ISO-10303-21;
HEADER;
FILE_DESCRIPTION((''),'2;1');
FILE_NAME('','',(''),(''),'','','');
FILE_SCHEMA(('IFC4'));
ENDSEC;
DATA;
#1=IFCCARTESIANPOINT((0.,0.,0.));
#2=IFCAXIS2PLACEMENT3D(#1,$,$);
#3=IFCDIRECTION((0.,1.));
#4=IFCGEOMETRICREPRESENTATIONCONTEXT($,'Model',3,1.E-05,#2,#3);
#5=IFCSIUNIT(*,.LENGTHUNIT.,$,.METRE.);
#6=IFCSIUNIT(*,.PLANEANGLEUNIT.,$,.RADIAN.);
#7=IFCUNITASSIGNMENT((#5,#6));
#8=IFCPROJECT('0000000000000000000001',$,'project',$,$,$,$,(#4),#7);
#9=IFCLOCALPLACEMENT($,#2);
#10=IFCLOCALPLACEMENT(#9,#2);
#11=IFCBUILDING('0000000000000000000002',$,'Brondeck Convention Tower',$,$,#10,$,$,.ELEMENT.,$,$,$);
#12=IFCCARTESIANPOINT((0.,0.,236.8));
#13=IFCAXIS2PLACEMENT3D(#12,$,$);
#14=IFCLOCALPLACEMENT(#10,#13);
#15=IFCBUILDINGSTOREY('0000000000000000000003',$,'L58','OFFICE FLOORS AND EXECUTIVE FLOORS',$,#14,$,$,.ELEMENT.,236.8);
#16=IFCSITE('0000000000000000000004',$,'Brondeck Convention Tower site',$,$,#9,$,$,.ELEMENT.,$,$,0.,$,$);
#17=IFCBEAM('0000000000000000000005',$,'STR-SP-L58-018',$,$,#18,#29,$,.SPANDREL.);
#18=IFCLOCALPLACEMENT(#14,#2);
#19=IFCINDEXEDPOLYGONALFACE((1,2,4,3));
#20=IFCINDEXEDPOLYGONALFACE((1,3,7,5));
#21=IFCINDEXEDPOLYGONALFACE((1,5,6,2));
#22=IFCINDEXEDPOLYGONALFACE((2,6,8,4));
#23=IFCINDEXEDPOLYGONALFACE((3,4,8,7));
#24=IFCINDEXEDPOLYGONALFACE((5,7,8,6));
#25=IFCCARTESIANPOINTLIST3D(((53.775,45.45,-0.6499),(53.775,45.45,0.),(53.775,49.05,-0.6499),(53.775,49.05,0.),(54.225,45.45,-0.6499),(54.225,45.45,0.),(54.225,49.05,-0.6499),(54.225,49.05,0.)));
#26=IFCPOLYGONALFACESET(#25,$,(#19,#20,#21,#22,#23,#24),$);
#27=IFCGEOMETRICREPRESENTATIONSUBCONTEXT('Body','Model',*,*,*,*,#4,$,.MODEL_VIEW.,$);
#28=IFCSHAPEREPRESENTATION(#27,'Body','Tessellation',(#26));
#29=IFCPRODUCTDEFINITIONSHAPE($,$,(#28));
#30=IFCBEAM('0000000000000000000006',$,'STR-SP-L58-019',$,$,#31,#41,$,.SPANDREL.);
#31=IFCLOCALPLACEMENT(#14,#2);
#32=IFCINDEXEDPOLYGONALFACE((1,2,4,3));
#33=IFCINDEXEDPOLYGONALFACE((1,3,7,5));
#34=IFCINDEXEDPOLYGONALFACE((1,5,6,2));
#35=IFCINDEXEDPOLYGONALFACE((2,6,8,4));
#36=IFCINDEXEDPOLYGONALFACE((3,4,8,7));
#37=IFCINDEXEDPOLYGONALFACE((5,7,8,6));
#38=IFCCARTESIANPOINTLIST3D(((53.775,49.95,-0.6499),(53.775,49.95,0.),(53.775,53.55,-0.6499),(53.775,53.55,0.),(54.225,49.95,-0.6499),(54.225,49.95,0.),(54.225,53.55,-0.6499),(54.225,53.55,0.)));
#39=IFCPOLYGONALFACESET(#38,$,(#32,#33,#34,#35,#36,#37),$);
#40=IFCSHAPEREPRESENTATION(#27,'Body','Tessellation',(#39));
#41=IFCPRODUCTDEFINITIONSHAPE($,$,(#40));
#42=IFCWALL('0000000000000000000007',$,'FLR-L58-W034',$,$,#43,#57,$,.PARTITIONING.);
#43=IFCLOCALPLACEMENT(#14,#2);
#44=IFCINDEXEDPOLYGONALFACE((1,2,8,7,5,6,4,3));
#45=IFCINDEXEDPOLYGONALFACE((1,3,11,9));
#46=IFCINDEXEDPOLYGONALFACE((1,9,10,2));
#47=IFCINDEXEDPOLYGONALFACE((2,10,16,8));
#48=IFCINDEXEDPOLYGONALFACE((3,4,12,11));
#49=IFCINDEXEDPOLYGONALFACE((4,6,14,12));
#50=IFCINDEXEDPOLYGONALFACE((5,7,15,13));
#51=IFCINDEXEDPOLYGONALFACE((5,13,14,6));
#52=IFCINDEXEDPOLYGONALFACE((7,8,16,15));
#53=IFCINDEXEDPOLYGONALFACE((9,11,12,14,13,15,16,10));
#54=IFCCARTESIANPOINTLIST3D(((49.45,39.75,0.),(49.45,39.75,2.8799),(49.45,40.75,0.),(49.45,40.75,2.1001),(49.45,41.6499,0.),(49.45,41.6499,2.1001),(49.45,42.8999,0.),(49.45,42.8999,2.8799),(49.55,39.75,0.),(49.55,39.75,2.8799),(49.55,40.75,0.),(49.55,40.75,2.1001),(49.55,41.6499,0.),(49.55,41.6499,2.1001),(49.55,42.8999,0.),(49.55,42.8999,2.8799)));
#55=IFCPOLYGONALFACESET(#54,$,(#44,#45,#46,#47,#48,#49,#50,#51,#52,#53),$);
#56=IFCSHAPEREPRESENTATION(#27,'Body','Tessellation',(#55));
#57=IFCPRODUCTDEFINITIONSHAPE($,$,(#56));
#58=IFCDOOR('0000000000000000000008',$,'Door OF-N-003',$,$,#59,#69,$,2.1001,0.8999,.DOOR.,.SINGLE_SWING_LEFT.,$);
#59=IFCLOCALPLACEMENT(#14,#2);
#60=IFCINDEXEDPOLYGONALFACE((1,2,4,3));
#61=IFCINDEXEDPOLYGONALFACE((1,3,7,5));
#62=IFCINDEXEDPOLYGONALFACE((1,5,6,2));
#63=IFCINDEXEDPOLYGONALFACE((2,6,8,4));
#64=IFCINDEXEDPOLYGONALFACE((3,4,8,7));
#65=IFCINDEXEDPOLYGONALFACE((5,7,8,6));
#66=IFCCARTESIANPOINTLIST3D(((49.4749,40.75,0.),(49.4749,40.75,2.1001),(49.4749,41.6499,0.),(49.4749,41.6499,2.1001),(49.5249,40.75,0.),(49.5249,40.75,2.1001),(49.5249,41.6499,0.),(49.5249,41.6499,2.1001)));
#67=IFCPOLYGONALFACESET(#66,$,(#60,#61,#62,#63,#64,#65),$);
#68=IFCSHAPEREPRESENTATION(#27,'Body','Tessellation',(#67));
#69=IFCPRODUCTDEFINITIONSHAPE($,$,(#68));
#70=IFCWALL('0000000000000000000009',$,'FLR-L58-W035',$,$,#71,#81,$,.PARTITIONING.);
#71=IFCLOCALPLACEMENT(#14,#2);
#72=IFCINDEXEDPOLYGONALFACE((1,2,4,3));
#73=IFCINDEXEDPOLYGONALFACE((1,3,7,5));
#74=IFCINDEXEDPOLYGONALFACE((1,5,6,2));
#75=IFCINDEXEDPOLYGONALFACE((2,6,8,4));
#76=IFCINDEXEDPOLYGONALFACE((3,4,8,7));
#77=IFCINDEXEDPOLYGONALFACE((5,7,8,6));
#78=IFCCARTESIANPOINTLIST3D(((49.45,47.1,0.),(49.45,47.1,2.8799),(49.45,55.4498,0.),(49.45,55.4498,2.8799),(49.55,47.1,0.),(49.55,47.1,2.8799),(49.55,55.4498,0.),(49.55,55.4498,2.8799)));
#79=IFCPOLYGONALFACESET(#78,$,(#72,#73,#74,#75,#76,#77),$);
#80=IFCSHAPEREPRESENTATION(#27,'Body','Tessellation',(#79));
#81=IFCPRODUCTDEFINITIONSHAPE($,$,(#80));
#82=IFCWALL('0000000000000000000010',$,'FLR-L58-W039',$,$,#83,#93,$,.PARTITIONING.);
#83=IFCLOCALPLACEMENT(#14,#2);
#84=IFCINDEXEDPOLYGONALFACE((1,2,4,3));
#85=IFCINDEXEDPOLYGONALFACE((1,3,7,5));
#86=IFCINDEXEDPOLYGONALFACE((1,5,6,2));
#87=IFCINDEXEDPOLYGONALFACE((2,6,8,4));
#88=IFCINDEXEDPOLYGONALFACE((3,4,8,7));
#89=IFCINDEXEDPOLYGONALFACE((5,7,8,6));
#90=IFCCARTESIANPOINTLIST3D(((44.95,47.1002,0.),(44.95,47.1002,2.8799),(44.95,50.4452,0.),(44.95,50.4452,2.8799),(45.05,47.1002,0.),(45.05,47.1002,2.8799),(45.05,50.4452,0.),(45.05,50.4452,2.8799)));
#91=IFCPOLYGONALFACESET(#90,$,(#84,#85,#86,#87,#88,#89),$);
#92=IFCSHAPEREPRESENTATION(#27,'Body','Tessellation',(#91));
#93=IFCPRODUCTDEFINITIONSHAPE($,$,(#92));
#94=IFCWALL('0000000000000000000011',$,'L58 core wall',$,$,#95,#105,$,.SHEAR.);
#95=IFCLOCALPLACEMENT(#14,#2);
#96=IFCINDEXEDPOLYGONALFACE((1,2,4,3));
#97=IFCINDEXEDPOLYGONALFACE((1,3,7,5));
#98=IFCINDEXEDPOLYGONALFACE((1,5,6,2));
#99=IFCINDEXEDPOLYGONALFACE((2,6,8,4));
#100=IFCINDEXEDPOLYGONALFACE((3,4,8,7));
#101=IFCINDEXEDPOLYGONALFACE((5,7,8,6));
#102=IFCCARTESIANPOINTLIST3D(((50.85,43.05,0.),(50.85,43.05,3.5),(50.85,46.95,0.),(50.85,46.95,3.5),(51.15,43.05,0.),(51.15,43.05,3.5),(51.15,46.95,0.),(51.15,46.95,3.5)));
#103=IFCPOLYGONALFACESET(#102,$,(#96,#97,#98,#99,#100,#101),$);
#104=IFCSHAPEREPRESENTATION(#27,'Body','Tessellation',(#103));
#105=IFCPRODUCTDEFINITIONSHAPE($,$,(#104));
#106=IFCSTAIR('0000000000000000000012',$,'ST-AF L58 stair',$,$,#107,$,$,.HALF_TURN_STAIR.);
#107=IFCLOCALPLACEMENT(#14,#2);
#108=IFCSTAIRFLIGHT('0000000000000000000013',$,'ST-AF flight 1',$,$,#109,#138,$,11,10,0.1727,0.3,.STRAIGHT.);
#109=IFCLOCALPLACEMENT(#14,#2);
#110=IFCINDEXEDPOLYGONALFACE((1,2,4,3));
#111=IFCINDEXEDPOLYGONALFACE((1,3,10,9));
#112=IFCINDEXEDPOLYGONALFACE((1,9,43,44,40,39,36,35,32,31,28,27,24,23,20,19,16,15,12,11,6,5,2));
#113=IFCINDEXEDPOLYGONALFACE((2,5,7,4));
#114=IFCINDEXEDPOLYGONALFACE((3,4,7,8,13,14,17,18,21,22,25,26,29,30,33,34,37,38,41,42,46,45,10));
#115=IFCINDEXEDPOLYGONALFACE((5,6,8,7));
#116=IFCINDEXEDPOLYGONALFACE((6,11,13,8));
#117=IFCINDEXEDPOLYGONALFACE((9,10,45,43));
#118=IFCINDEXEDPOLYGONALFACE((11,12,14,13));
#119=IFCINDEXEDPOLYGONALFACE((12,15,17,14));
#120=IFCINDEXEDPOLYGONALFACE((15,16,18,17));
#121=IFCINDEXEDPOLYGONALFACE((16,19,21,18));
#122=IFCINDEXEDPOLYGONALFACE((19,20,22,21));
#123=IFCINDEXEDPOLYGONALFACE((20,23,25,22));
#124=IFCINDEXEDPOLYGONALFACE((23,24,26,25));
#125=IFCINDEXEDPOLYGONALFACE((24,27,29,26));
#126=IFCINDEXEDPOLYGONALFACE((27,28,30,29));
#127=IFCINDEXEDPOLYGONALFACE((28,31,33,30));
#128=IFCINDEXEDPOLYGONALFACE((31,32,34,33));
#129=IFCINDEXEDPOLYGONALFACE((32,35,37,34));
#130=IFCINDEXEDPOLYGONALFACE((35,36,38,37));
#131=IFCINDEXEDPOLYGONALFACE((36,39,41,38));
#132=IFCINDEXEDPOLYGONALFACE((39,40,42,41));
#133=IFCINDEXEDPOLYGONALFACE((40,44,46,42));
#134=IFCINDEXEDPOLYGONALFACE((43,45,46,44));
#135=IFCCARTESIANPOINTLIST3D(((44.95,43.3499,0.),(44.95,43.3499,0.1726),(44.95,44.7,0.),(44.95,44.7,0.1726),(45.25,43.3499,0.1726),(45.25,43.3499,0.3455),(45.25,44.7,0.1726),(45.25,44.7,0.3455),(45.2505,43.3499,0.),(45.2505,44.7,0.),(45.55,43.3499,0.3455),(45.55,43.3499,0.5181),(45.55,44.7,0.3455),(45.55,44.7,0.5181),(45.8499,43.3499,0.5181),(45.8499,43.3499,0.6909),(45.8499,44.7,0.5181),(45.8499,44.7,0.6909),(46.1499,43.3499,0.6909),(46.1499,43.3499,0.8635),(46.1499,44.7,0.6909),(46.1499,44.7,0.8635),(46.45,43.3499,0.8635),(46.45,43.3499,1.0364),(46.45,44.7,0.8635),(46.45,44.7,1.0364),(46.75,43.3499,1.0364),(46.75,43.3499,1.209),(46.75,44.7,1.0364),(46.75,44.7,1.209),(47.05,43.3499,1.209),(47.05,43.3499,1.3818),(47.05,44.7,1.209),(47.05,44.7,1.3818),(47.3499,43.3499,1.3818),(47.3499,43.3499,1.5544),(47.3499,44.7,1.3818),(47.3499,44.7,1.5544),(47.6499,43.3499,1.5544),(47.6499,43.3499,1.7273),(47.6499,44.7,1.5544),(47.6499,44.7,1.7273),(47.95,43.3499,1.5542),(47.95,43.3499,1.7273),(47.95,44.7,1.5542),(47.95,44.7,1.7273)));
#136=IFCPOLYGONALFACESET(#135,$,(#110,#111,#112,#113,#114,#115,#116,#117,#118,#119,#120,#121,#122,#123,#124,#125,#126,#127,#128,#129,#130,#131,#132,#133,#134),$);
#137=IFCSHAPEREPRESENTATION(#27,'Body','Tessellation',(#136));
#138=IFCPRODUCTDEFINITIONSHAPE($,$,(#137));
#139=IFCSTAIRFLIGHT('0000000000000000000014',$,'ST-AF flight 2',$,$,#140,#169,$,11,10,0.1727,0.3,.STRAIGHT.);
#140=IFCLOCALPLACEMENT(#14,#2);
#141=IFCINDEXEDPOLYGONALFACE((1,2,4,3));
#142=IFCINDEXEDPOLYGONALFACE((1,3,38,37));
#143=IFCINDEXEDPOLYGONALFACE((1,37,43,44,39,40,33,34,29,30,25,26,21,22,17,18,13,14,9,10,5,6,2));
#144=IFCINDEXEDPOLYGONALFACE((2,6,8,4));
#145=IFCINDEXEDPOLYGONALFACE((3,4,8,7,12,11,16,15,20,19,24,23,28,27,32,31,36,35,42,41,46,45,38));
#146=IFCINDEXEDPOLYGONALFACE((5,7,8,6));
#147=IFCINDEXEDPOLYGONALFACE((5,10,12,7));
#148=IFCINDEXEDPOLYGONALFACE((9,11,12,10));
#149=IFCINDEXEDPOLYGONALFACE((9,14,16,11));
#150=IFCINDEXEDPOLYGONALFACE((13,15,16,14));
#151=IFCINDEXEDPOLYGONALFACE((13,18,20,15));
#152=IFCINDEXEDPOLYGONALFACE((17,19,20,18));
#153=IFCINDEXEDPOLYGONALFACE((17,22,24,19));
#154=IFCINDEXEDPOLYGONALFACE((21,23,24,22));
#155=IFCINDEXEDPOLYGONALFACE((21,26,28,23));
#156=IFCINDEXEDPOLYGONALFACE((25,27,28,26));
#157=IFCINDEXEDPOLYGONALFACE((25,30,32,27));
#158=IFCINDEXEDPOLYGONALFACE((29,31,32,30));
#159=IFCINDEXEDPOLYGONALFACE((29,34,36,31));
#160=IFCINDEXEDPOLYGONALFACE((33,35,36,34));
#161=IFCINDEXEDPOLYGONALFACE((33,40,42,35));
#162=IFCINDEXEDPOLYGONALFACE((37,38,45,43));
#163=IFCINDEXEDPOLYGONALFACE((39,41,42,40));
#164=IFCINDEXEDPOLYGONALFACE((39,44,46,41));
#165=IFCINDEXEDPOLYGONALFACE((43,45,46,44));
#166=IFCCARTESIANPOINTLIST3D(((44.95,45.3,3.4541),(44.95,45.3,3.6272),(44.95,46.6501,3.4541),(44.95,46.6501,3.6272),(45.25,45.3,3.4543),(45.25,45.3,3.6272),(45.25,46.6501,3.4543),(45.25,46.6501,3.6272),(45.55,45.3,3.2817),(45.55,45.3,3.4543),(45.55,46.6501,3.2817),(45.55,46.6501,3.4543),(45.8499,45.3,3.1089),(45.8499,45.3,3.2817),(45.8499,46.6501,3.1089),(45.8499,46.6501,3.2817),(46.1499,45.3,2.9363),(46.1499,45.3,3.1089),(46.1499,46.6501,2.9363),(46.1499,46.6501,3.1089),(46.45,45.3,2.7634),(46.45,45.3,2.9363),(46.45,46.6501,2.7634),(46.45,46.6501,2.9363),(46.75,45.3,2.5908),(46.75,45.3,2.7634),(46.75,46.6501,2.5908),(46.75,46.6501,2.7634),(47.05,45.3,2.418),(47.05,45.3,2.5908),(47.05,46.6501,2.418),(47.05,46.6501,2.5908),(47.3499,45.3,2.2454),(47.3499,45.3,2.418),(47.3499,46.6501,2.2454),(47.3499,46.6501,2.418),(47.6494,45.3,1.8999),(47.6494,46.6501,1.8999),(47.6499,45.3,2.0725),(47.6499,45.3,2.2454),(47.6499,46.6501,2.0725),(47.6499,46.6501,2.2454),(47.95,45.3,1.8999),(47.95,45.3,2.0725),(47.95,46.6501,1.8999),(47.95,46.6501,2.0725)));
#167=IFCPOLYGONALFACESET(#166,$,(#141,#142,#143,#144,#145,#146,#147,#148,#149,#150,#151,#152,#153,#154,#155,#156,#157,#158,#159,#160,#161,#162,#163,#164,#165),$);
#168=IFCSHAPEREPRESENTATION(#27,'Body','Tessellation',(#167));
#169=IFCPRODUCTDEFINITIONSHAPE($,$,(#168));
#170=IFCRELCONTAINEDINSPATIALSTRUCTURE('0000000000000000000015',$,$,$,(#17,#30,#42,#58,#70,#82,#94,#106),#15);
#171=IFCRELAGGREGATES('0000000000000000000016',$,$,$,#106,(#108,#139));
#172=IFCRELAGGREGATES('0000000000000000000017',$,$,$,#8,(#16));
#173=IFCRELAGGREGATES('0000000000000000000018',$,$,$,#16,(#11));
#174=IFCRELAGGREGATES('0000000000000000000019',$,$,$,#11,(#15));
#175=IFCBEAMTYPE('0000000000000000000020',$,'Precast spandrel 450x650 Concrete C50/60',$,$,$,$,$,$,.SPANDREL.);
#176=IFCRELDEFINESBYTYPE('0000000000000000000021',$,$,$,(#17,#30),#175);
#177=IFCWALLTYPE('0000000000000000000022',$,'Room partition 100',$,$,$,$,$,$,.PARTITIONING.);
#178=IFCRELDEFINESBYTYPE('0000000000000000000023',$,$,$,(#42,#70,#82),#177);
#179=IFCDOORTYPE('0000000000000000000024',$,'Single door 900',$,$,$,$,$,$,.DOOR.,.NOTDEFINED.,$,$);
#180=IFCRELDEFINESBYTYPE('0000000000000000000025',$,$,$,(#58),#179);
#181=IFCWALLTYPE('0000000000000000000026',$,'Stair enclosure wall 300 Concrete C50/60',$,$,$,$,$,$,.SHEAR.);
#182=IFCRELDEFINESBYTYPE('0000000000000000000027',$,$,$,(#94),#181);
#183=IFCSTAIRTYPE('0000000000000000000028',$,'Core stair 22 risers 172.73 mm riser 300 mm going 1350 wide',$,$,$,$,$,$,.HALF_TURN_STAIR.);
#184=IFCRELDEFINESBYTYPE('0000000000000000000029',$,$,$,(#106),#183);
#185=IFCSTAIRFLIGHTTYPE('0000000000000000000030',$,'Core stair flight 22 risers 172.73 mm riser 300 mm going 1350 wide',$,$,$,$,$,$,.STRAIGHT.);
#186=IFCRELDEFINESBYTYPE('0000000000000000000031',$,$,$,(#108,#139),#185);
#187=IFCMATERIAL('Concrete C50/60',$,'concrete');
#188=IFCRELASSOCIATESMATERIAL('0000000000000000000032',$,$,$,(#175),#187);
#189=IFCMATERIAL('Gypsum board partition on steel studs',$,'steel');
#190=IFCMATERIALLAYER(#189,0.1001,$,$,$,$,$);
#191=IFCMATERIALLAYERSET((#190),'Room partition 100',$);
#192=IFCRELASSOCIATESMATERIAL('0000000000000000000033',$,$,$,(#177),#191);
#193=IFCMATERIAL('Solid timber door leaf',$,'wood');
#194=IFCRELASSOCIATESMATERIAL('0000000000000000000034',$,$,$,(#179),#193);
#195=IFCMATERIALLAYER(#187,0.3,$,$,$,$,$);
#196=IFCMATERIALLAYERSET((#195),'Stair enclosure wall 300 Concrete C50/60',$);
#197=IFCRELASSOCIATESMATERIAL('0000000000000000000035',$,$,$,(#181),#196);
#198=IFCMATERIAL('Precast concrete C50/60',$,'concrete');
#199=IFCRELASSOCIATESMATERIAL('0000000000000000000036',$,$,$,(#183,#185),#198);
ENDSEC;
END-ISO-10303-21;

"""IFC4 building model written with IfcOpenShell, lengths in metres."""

from ifc_helpers import new_model, si_unit, direction, frame, frame_2d, origin, origin_2d, place, context, subcontext, project, spatial, polyline, rectangle, outline, extrude, material, layer, layer_set, material_profile, profile_set, type_object, element, fill, aggregate, save


model = new_model("IFC4")

# Units and contexts
model_context = context("Model", 3, precision=1e-05, world=origin(), true_north=direction((0.0, 1.0)))
body_context = subcontext(model_context, "Body", "Model", "MODEL_VIEW")
ifc_project = project(units=[si_unit("LENGTHUNIT", "METRE"), si_unit("PLANEANGLEUNIT", "RADIAN")], contexts=[model_context])

# Site, building, storey
site_placement = place(None, origin())
site = spatial("IfcSite", under=ifc_project, at=site_placement, Name="Brondeck Convention Tower site", CompositionType="ELEMENT", RefElevation=0.0)
building_placement = place(site_placement, origin())
building = spatial("IfcBuilding", under=site, at=building_placement, Name="Brondeck Convention Tower", CompositionType="ELEMENT")
storey_placement = place(building_placement, frame((0.0, 0.0, 236.8)))
storey = spatial("IfcBuildingStorey", under=building, at=storey_placement, Name="L58", Description="OFFICE FLOORS AND EXECUTIVE FLOORS", CompositionType="ELEMENT", Elevation=236.8)

# Shared definitions
ifc_material_1 = material(Name="Concrete C50/60", Category="concrete")

# Beams
ifc_material_profile_1 = material_profile(ifc_material_1, rectangle(XDim=0.45, YDim=0.6499, at=origin_2d()), Name="Precast spandrel 450x650 Concrete C50/60")
ifc_profile_set_1 = profile_set([ifc_material_profile_1], Name="Concrete C50/60")
beam_type_1 = type_object("IfcBeamType", Name="Precast spandrel 450x650 Concrete C50/60", PredefinedType="SPANDREL", material=ifc_profile_set_1)
for number, where, z_axis, x_axis, name in (
    (1, (54.0, 45.45, -0.325), (0.0, 1.0, 0.0), (-1.0, 0.0, 0.0), "STR-SP-L58-018"),
    (2, (54.0, 49.95, -0.325), (0.0, 1.0, 0.0), (-1.0, 0.0, 0.0), "STR-SP-L58-019"),
):
    element("IfcBeam", number, at=place(storey_placement, frame(where, z_axis=z_axis, x_axis=x_axis)), inside=storey, type_object=beam_type_1, Name=name, PredefinedType="SPANDREL", context=body_context, shape_type="SweptSolid", body=[
        extrude(rectangle(XDim=0.45, YDim=0.6499, at=origin_2d()), origin(), (0.0, 0.0, 1.0), 3.6001),
    ])

# Wall, opening, door
ifc_material_2 = material(Name="Gypsum board partition on steel studs", Category="steel")
ifc_layer_1 = layer(ifc_material_2, 0.1001)
ifc_layer_set_1 = layer_set([ifc_layer_1], Name="Room partition 100")
wall_type_1 = type_object("IfcWallType", Name="Room partition 100", PredefinedType="PARTITIONING", material=ifc_layer_set_1)
wall_1_placement = place(storey_placement, frame((49.5, 42.8999, 0.0), z_axis=(0.0, 0.0, 1.0), x_axis=(0.0, -1.0, 0.0)))
wall_1 = element("IfcWall", 3, at=wall_1_placement, inside=storey, type_object=wall_type_1, Name="FLR-L58-W034", PredefinedType="PARTITIONING", context=body_context, shape_type="SweptSolid", body=[
    extrude(rectangle(XDim=3.1499, YDim=0.1001, at=frame_2d((1.575, 0.0))), origin(), (0.0, 0.0, 1.0), 2.8799),
])
opening_placement = place(wall_1_placement, frame((1.25, 0.0, 0.0)))
opening = element("IfcOpeningElement", 4, at=opening_placement, cuts=wall_1, PredefinedType="OPENING", context=body_context, shape_type="SweptSolid", body=[
    extrude(rectangle(XDim=0.8999, YDim=2.1001, at=frame_2d((0.45, 1.05))), frame((0.0, 0.0601, 0.0), z_axis=(0.0, -1.0, 0.0), x_axis=(1.0, 0.0, 0.0)), (0.0, 0.0, 1.0), 0.1201),
])
ifc_material_3 = material(Name="Solid timber door leaf", Category="wood")
door_type = type_object("IfcDoorType", Name="Single door 900", OperationType="NOTDEFINED", PredefinedType="DOOR", material=ifc_material_3)
door_placement = place(opening_placement, origin())
door = element("IfcDoor", 5, at=door_placement, inside=storey, type_object=door_type, Name="Door OF-N-003", OperationType="SINGLE_SWING_LEFT", OverallHeight=2.1001, OverallWidth=0.8999, PredefinedType="DOOR", context=body_context, shape_type="SweptSolid", body=[
    extrude(rectangle(XDim=0.8999, YDim=2.1001, at=frame_2d((0.45, 1.05))), frame((0.0, 0.0249, 0.0), z_axis=(0.0, -1.0, 0.0), x_axis=(1.0, 0.0, 0.0)), (0.0, 0.0, 1.0), 0.05),
])
fill(opening, door)

# Walls
wall_2_placement = place(storey_placement, frame((49.5, 47.1001, 0.0), z_axis=(0.0, 0.0, 1.0), x_axis=(0.0, 1.0, 0.0)))
element("IfcWall", 6, at=wall_2_placement, inside=storey, type_object=wall_type_1, Name="FLR-L58-W035", PredefinedType="PARTITIONING", context=body_context, shape_type="SweptSolid", body=[
    extrude(rectangle(XDim=8.3499, YDim=0.1001, at=frame_2d((4.1748, 0.0))), origin(), (0.0, 0.0, 1.0), 2.8799),
])
wall_3_placement = place(storey_placement, frame((45.0, 50.4451, 0.0), z_axis=(0.0, 0.0, 1.0), x_axis=(0.0, -1.0, 0.0)))
element("IfcWall", 7, at=wall_3_placement, inside=storey, type_object=wall_type_1, Name="FLR-L58-W039", PredefinedType="PARTITIONING", context=body_context, shape_type="SweptSolid", body=[
    extrude(rectangle(XDim=3.345, YDim=0.1001, at=frame_2d((1.6724, 0.0))), origin(), (0.0, 0.0, 1.0), 2.8799),
])
ifc_layer_2 = layer(ifc_material_1, 0.3)
ifc_layer_set_2 = layer_set([ifc_layer_2], Name="Stair enclosure wall 300 Concrete C50/60")
wall_type_2 = type_object("IfcWallType", Name="Stair enclosure wall 300 Concrete C50/60", PredefinedType="SHEAR", material=ifc_layer_set_2)
wall_4_placement = place(storey_placement, frame((51.0, 43.05, 0.0), z_axis=(0.0, 0.0, 1.0), x_axis=(0.0, 1.0, 0.0)))
element("IfcWall", 8, at=wall_4_placement, inside=storey, type_object=wall_type_2, Name="L58 core wall", PredefinedType="SHEAR", context=body_context, shape_type="SweptSolid", body=[
    extrude(rectangle(XDim=3.8999, YDim=0.3, at=frame_2d((1.95, 0.0))), origin(), (0.0, 0.0, 1.0), 3.5),
])

# Stair, stair flights
ifc_material_4 = material(Name="Precast concrete C50/60", Category="concrete")
stair_type = type_object("IfcStairType", Name="Core stair 22 risers 172.73 mm riser 300 mm going 1350 wide", PredefinedType="HALF_TURN_STAIR", material=ifc_material_4)
stair_placement = place(storey_placement, origin())
stair = element("IfcStair", 9, at=stair_placement, inside=storey, type_object=stair_type, Name="ST-AF L58 stair", PredefinedType="HALF_TURN_STAIR")
stair_flight_type = type_object("IfcStairFlightType", Name="Core stair flight 22 risers 172.73 mm riser 300 mm going 1350 wide", PredefinedType="STRAIGHT", material=ifc_material_4)
stair_flight_1_placement = place(storey_placement, frame((44.95, 44.0249, 0.0), z_axis=(0.0, 0.0, 1.0), x_axis=(1.0, 0.0, 0.0)))
stair_flight_1 = element("IfcStairFlight", 10, at=stair_flight_1_placement, type_object=stair_flight_type, Name="ST-AF flight 1", NumberOfRisers=11, NumberOfTreads=10, PredefinedType="STRAIGHT", RiserHeight=0.1727, TreadLength=0.3, context=body_context, shape_type="SweptSolid", body=[
    extrude(outline(polyline([(0.0, 0.0), (0.0, 0.1726), (0.3, 0.1726), (0.3, 0.3455), (0.6001, 0.3455), (0.6001, 0.5181), (0.8999, 0.5181), (0.8999, 0.6909), (1.2, 0.6909), (1.2, 0.8635), (1.5, 0.8635), (1.5, 1.0364), (1.8, 1.0364), (1.8, 1.209), (2.1001, 1.209), (2.1001, 1.3818), (2.3999, 1.3818), (2.3999, 1.5544), (2.7, 1.5544), (2.7, 1.7273), (3.0, 1.7273), (3.0, 1.8999), (3.0, 1.5542), (0.3005, 0.0), (0.0, 0.0)])), frame((0.0, 0.675, 0.0), z_axis=(0.0, -1.0, 0.0), x_axis=(1.0, 0.0, 0.0)), (0.0, 0.0, 1.0), 1.3501),
])
stair_flight_2_placement = place(storey_placement, frame((47.95, 45.9751, 1.8999), z_axis=(0.0, 0.0, 1.0), x_axis=(-1.0, 0.0, 0.0)))
stair_flight_2 = element("IfcStairFlight", 11, at=stair_flight_2_placement, type_object=stair_flight_type, Name="ST-AF flight 2", NumberOfRisers=11, NumberOfTreads=10, PredefinedType="STRAIGHT", RiserHeight=0.1727, TreadLength=0.3, context=body_context, shape_type="SweptSolid", body=[
    extrude(outline(polyline([(0.0, 0.0), (0.0, 0.1726), (0.3, 0.1726), (0.3, 0.3455), (0.6001, 0.3455), (0.6001, 0.5181), (0.8999, 0.5181), (0.8999, 0.6909), (1.2, 0.6909), (1.2, 0.8635), (1.5, 0.8635), (1.5, 1.0364), (1.8, 1.0364), (1.8, 1.209), (2.1001, 1.209), (2.1001, 1.3818), (2.3999, 1.3818), (2.3999, 1.5544), (2.7, 1.5544), (2.7, 1.7273), (3.0, 1.7273), (3.0, 1.8999), (3.0, 1.5542), (0.3005, 0.0), (0.0, 0.0)])), frame((0.0, 0.675, 0.0), z_axis=(0.0, -1.0, 0.0), x_axis=(1.0, 0.0, 0.0)), (0.0, 0.0, 1.0), 1.3501),
])
aggregate(stair, [stair_flight_1, stair_flight_2])

save(model, "model.ifc")
